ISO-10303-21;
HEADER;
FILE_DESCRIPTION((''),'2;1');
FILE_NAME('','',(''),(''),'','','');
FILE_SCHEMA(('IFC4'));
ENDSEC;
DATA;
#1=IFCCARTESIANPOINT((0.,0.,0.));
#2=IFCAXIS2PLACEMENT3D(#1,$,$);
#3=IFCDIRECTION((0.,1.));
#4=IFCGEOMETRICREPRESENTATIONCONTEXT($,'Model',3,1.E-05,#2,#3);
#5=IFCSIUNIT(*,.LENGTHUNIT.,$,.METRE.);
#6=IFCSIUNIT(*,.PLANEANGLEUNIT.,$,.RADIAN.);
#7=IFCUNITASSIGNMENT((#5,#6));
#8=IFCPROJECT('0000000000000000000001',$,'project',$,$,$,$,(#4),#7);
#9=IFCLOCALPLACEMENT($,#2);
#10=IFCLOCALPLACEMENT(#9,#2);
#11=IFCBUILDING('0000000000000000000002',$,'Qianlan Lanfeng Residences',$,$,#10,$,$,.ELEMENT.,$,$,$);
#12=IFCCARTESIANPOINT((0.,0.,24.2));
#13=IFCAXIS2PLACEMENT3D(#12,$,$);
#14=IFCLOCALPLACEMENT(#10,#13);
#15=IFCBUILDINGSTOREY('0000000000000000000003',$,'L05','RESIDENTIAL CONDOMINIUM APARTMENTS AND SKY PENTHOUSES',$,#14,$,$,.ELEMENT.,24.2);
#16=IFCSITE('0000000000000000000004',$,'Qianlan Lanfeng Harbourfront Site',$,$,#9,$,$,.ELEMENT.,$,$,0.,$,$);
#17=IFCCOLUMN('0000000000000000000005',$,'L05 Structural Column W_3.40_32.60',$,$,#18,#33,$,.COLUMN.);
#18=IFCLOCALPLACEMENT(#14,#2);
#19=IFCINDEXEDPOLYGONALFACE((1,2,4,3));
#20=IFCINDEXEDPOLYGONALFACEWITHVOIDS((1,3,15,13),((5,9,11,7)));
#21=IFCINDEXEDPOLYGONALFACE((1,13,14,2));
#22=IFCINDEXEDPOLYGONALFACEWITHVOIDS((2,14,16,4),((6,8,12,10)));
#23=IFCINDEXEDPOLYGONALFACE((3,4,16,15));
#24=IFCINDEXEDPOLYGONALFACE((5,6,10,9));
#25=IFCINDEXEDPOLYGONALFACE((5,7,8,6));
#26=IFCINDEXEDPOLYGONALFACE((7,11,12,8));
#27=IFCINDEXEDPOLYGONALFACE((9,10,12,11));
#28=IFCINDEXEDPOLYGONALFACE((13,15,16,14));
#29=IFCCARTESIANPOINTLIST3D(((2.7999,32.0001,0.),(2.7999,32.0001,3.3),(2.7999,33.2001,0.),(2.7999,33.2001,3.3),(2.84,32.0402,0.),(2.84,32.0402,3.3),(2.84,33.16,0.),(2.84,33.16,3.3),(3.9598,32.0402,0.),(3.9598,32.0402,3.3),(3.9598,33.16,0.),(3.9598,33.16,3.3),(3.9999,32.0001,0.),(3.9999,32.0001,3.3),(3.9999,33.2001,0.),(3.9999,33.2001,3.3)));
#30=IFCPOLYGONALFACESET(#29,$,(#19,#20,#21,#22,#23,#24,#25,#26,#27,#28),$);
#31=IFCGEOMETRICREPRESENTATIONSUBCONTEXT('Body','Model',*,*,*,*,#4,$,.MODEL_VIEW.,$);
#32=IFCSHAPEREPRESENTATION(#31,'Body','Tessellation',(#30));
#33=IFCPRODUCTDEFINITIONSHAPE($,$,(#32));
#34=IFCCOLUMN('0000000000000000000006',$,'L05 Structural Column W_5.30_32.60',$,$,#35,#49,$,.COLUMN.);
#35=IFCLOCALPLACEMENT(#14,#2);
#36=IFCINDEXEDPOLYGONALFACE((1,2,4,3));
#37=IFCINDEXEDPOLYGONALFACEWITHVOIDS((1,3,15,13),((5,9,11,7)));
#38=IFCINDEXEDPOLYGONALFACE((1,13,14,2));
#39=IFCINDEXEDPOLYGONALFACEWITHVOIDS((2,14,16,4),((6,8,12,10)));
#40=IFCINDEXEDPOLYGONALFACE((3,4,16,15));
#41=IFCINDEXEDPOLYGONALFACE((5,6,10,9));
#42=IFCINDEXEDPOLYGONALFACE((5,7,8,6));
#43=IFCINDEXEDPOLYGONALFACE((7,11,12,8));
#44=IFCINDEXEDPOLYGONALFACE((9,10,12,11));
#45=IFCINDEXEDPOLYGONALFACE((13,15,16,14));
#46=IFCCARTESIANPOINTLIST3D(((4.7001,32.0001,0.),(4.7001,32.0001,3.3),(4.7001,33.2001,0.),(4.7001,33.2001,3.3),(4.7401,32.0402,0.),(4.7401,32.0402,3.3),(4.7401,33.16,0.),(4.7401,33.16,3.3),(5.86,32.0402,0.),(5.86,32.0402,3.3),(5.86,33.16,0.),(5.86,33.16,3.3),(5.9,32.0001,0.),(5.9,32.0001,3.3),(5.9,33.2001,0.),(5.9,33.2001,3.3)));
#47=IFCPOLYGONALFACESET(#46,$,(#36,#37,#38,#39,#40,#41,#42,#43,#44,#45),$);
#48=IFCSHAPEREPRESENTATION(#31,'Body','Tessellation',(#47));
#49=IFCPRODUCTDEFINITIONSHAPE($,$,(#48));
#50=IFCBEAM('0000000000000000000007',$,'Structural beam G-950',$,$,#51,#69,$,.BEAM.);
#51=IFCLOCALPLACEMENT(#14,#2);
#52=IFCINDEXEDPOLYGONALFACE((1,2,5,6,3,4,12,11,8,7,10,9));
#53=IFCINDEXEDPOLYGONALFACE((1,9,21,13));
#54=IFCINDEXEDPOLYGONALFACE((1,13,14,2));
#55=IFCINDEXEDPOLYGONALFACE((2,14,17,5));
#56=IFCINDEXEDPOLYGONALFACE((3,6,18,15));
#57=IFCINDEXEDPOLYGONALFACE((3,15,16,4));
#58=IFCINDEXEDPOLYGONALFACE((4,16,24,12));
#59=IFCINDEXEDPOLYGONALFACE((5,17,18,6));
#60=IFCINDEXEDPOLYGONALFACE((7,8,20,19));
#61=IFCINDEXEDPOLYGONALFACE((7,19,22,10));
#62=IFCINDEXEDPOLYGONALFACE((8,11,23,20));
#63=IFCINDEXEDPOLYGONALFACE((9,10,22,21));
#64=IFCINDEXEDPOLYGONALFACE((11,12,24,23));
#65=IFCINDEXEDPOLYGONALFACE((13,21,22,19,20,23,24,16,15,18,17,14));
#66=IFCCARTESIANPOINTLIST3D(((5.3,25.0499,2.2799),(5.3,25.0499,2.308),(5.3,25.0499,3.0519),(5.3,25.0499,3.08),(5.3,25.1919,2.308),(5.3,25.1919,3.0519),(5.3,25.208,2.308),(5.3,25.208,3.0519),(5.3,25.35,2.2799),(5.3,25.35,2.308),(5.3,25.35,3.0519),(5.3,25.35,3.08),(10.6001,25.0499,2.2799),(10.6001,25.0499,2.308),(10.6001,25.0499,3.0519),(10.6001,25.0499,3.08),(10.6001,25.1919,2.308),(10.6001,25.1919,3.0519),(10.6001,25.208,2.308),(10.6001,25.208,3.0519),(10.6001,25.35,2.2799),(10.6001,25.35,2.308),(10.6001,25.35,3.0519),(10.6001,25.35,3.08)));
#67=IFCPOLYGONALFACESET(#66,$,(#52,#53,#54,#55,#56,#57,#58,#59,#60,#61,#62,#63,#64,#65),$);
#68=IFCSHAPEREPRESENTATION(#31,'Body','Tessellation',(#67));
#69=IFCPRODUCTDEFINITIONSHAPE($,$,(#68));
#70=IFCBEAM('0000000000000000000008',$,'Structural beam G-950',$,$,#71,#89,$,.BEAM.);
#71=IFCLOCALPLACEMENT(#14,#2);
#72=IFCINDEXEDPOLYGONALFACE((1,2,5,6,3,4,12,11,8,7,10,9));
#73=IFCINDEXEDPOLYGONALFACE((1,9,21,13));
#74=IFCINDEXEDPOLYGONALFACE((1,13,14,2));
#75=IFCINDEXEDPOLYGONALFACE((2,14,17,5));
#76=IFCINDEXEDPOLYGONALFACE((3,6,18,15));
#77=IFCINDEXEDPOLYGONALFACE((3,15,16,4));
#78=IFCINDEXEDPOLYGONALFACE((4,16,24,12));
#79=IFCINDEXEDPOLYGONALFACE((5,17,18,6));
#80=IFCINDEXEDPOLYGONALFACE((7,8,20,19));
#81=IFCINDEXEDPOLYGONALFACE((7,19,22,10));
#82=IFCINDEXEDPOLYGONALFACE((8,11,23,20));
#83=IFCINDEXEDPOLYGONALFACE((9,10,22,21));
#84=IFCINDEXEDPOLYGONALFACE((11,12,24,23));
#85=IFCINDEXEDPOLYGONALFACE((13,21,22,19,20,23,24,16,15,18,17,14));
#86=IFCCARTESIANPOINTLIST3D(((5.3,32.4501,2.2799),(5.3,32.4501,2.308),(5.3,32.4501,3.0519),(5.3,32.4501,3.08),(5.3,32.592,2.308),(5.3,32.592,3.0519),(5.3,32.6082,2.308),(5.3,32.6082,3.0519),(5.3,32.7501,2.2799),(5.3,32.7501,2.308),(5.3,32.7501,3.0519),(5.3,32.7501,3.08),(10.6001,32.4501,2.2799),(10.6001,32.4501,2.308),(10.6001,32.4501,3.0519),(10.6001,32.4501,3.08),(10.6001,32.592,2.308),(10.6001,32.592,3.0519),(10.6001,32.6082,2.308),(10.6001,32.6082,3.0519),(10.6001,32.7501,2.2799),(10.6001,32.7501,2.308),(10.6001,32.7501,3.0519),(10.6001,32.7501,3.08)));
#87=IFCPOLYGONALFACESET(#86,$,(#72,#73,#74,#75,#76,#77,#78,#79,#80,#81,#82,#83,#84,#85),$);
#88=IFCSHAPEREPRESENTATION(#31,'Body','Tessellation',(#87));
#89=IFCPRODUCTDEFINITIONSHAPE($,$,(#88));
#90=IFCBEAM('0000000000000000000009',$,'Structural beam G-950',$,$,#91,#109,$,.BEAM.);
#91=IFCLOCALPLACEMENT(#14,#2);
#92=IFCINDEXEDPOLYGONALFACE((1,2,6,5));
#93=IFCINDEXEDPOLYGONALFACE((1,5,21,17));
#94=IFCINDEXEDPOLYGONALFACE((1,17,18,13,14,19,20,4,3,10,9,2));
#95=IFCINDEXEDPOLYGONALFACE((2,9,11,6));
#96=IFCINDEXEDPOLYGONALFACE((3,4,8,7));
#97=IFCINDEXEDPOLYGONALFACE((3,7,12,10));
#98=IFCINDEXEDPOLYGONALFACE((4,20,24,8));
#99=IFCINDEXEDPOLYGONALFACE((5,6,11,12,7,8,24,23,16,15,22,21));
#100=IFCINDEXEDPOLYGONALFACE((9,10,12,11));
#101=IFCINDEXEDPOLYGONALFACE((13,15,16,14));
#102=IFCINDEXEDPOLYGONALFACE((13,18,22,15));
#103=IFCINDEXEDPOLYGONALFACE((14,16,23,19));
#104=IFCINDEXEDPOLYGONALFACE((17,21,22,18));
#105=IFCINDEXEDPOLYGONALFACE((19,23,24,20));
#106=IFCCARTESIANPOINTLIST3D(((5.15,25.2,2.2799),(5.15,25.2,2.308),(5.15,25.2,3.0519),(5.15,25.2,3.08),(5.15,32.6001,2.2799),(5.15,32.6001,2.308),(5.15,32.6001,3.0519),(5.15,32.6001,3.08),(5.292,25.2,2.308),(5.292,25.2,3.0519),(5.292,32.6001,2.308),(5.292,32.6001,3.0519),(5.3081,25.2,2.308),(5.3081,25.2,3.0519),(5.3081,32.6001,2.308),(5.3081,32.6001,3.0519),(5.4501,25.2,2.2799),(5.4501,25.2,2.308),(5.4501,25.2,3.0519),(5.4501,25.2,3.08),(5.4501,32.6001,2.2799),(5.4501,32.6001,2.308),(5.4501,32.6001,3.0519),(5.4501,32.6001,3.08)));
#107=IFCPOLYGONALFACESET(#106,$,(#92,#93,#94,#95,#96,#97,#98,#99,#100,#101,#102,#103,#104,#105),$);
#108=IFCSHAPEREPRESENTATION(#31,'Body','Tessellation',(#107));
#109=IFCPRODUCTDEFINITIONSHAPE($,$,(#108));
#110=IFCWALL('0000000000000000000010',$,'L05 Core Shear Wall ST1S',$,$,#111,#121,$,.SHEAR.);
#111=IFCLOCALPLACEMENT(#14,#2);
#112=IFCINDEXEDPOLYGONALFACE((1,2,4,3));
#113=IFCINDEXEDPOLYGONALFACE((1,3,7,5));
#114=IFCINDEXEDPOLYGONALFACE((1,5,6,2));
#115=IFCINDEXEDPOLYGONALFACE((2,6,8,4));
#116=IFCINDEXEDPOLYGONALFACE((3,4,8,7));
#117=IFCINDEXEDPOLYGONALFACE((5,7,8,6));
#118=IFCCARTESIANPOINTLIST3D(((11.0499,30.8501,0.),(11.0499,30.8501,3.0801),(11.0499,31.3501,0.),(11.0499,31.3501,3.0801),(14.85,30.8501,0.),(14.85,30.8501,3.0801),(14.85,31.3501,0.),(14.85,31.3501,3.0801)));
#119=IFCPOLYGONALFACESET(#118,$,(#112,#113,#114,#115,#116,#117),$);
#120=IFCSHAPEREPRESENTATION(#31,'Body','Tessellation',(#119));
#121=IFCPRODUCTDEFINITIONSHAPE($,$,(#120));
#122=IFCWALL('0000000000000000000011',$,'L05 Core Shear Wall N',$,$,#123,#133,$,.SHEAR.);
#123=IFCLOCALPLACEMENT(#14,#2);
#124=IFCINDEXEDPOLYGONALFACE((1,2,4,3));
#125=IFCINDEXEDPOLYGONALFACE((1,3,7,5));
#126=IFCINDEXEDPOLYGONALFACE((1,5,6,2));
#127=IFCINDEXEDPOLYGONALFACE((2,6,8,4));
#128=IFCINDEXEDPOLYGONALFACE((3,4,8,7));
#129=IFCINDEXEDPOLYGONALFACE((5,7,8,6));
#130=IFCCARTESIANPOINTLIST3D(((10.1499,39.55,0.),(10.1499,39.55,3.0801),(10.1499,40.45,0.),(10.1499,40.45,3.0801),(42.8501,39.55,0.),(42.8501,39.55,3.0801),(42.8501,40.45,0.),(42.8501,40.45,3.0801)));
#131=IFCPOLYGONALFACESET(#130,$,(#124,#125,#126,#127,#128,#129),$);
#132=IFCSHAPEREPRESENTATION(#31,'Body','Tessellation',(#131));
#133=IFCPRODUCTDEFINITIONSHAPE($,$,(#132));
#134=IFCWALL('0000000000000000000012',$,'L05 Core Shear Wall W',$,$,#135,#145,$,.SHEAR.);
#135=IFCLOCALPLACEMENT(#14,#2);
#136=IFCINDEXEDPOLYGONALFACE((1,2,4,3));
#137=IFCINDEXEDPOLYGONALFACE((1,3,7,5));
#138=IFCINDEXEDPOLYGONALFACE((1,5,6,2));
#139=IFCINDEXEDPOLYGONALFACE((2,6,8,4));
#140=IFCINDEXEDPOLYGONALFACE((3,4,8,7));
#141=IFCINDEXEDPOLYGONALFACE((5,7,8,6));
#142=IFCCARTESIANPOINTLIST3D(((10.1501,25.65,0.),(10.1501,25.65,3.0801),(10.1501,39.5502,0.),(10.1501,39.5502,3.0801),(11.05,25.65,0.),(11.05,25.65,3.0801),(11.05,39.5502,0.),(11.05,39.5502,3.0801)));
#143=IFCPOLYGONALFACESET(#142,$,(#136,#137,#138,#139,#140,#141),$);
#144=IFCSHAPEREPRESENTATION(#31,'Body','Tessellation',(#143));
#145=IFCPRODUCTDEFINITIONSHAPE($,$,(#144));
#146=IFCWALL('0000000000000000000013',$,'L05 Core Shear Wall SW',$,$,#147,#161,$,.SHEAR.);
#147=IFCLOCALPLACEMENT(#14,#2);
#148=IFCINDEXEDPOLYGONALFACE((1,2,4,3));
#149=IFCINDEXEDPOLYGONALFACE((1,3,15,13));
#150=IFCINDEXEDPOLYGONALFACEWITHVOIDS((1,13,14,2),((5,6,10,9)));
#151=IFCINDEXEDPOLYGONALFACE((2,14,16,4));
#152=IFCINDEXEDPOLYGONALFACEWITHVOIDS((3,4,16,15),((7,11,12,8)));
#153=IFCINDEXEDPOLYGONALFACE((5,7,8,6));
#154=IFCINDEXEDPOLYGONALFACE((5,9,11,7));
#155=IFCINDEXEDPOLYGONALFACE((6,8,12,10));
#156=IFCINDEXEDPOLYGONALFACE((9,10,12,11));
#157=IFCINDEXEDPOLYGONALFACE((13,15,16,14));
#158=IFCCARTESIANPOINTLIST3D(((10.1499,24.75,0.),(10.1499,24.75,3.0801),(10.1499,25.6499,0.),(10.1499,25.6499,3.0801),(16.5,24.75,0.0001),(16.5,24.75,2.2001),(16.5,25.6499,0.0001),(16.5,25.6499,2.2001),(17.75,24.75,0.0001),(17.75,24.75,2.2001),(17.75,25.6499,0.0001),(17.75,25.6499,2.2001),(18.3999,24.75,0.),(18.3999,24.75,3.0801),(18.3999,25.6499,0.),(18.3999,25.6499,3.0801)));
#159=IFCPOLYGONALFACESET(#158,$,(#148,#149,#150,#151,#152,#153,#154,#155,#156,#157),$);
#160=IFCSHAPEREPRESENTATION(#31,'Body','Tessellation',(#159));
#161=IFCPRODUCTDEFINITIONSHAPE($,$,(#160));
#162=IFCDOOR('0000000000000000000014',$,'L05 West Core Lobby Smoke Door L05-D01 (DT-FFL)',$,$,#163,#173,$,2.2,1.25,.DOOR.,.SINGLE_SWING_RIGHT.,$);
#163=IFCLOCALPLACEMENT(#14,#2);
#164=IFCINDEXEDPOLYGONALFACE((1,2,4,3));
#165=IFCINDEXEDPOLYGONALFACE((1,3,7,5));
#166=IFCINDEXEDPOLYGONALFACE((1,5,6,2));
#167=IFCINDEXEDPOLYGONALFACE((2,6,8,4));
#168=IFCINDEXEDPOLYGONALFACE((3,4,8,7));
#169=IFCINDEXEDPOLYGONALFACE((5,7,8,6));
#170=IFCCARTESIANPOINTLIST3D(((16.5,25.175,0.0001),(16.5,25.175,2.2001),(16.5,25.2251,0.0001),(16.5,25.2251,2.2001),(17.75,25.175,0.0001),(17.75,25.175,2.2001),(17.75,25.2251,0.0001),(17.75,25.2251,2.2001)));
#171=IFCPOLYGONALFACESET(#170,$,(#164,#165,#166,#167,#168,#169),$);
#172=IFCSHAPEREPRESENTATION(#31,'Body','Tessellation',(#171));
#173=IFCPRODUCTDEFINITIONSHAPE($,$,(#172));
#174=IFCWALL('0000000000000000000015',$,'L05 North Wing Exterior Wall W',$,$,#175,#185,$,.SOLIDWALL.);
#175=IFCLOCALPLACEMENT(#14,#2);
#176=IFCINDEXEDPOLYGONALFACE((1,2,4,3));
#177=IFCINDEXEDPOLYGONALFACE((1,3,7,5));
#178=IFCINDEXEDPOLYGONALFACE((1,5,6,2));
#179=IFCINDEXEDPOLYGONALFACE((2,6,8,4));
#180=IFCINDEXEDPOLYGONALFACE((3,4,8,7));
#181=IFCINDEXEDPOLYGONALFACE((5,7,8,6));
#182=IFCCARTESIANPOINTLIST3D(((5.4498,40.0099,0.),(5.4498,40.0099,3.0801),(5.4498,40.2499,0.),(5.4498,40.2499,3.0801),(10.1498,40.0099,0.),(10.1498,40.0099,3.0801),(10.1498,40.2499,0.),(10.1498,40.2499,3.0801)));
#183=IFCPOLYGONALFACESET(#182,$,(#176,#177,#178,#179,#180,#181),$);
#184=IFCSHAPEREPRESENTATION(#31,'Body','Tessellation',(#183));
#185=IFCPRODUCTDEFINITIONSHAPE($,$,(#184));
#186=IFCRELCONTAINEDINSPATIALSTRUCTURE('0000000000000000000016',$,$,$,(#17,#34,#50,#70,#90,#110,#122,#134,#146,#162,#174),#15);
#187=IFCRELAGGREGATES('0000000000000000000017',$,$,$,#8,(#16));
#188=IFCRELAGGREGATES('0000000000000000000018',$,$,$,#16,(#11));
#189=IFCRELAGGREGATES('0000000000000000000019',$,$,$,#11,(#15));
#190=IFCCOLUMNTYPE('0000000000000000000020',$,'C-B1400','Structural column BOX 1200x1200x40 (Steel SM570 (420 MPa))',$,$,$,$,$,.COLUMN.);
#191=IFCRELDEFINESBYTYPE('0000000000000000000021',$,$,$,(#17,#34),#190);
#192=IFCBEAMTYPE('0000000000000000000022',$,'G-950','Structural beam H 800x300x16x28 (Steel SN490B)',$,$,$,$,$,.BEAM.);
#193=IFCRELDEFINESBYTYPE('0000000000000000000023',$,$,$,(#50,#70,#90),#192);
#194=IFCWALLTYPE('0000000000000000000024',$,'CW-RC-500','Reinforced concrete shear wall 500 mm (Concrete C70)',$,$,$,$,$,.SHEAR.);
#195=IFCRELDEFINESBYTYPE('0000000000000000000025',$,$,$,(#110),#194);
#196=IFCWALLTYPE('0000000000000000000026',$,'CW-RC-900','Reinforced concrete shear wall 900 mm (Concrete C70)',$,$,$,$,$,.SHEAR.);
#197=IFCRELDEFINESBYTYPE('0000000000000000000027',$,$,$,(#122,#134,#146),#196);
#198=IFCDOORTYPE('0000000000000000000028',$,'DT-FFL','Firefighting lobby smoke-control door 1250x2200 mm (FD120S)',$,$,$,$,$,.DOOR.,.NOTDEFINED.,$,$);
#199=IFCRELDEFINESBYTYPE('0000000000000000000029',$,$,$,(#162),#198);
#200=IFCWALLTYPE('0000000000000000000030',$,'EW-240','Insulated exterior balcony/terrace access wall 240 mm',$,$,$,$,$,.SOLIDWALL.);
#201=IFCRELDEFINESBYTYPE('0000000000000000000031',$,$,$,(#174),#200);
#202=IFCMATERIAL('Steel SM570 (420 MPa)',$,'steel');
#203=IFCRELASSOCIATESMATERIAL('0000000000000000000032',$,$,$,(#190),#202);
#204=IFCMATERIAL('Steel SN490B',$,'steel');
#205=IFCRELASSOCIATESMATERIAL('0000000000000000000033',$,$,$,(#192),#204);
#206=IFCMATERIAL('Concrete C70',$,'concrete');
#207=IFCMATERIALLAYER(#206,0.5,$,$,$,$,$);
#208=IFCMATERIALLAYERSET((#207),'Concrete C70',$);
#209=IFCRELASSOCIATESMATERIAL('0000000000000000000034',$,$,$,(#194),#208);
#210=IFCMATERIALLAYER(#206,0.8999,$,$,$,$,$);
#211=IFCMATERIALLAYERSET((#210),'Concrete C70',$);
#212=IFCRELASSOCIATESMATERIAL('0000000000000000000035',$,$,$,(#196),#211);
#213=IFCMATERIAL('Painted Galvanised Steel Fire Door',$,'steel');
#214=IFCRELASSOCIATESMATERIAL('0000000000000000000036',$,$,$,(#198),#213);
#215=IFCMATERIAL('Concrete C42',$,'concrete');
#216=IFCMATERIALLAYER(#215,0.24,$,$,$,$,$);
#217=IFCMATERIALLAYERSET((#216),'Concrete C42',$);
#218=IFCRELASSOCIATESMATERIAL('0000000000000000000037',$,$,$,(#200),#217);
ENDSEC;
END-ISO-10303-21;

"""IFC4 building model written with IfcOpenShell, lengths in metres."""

from ifc_helpers import new_model, si_unit, direction, frame, frame_2d, origin, origin_2d, place, context, subcontext, project, spatial, rectangle, hollow_rectangle, i_section, extrude, material, layer, layer_set, material_profile, profile_set, type_object, element, fill, save


model = new_model("IFC4")

# Units and contexts
model_context = context("Model", 3, precision=1e-05, world=origin(), true_north=direction((0.0, 1.0)))
body_context = subcontext(model_context, "Body", "Model", "MODEL_VIEW")
ifc_project = project(units=[si_unit("LENGTHUNIT", "METRE"), si_unit("PLANEANGLEUNIT", "RADIAN")], contexts=[model_context])

# Site, building, storey
site_placement = place(None, origin())
site = spatial("IfcSite", under=ifc_project, at=site_placement, Name="Qianlan Lanfeng Harbourfront Site", CompositionType="ELEMENT", RefElevation=0.0)
building_placement = place(site_placement, origin())
building = spatial("IfcBuilding", under=site, at=building_placement, Name="Qianlan Lanfeng Residences", CompositionType="ELEMENT")
storey_placement = place(building_placement, frame((0.0, 0.0, 24.2)))
storey = spatial("IfcBuildingStorey", under=building, at=storey_placement, Name="L05", Description="RESIDENTIAL CONDOMINIUM APARTMENTS AND SKY PENTHOUSES", CompositionType="ELEMENT", Elevation=24.2)

# Columns
ifc_material_1 = material(Name="Steel SM570 (420 MPa)", Category="steel")
ifc_material_profile_1 = material_profile(ifc_material_1, hollow_rectangle(XDim=1.2, YDim=1.2, WallThickness=0.04, at=origin_2d()), Name="BOX 1200x1200x40")
ifc_profile_set_1 = profile_set([ifc_material_profile_1], Name="Steel SM570 (420 MPa)")
column_type = type_object("IfcColumnType", Name="C-B1400", Description="Structural column BOX 1200x1200x40 (Steel SM570 (420 MPa))", PredefinedType="COLUMN", material=ifc_profile_set_1)
for number, where, z_axis, x_axis, name in (
    (1, (3.3999, 32.6001, 0.0), (0.0, 0.0, 1.0), (1.0, 0.0, 0.0), "L05 Structural Column W_3.40_32.60"),
    (2, (5.3, 32.6001, 0.0), (0.0, 0.0, 1.0), (1.0, 0.0, 0.0), "L05 Structural Column W_5.30_32.60"),
):
    element("IfcColumn", number, at=place(storey_placement, frame(where, z_axis=z_axis, x_axis=x_axis)), inside=storey, type_object=column_type, Name=name, PredefinedType="COLUMN", context=body_context, shape_type="SweptSolid", body=[
        extrude(hollow_rectangle(XDim=1.2, YDim=1.2, WallThickness=0.04, at=origin_2d()), origin(), (0.0, 0.0, 1.0), 3.3),
    ])

# Beams
ifc_material_2 = material(Name="Steel SN490B", Category="steel")
ifc_material_profile_2 = material_profile(ifc_material_2, i_section(OverallWidth=0.3, OverallDepth=0.8, WebThickness=0.0161, FlangeThickness=0.0281, at=origin_2d()), Name="H 800x300x16x28")
ifc_profile_set_2 = profile_set([ifc_material_profile_2], Name="Steel SN490B")
beam_type = type_object("IfcBeamType", Name="G-950", Description="Structural beam H 800x300x16x28 (Steel SN490B)", PredefinedType="BEAM", material=ifc_profile_set_2)
for number, where, z_axis, x_axis, name in (
    (3, (5.3, 25.2, 2.6799), (1.0, 0.0, 0.0), (0.0, 1.0, 0.0), "Structural beam G-950"),
    (4, (5.3, 32.6001, 2.6799), (1.0, 0.0, 0.0), (0.0, 1.0, 0.0), "Structural beam G-950"),
):
    element("IfcBeam", number, at=place(storey_placement, frame(where, z_axis=z_axis, x_axis=x_axis)), inside=storey, type_object=beam_type, Name=name, PredefinedType="BEAM", context=body_context, shape_type="SweptSolid", body=[
        extrude(i_section(OverallWidth=0.3, OverallDepth=0.8, WebThickness=0.0161, FlangeThickness=0.0281, at=origin_2d()), origin(), (0.0, 0.0, 1.0), 5.3),
    ])
beam_placement = place(storey_placement, frame((5.3, 25.2, 2.6799), z_axis=(0.0, 1.0, 0.0), x_axis=(-1.0, 0.0, 0.0)))
element("IfcBeam", 5, at=beam_placement, inside=storey, type_object=beam_type, Name="Structural beam G-950", PredefinedType="BEAM", context=body_context, shape_type="SweptSolid", body=[
    extrude(i_section(OverallWidth=0.3, OverallDepth=0.8, WebThickness=0.0161, FlangeThickness=0.0281, at=origin_2d()), origin(), (0.0, 0.0, 1.0), 7.4001),
])

# Walls
ifc_material_3 = material(Name="Concrete C70", Category="concrete")
ifc_layer_1 = layer(ifc_material_3, 0.5)
ifc_layer_set_1 = layer_set([ifc_layer_1], Name="Concrete C70")
wall_type_1 = type_object("IfcWallType", Name="CW-RC-500", Description="Reinforced concrete shear wall 500 mm (Concrete C70)", PredefinedType="SHEAR", material=ifc_layer_set_1)
wall_1_placement = place(storey_placement, frame((11.05, 31.1001, 0.0), z_axis=(0.0, 0.0, 1.0), x_axis=(1.0, 0.0, 0.0)))
element("IfcWall", 6, at=wall_1_placement, inside=storey, type_object=wall_type_1, Name="L05 Core Shear Wall ST1S", PredefinedType="SHEAR", context=body_context, shape_type="SweptSolid", body=[
    extrude(rectangle(XDim=3.8, YDim=0.5, at=frame_2d((1.8999, 0.0))), origin(), (0.0, 0.0, 1.0), 3.0801),
])
ifc_layer_2 = layer(ifc_material_3, 0.8999)
ifc_layer_set_2 = layer_set([ifc_layer_2], Name="Concrete C70")
wall_type_2 = type_object("IfcWallType", Name="CW-RC-900", Description="Reinforced concrete shear wall 900 mm (Concrete C70)", PredefinedType="SHEAR", material=ifc_layer_set_2)
wall_2_placement = place(storey_placement, frame((10.1499, 40.0, 0.0), z_axis=(0.0, 0.0, 1.0), x_axis=(1.0, 0.0, 0.0)))
element("IfcWall", 7, at=wall_2_placement, inside=storey, type_object=wall_type_2, Name="L05 Core Shear Wall N", PredefinedType="SHEAR", context=body_context, shape_type="SweptSolid", body=[
    extrude(rectangle(XDim=32.7002, YDim=0.8999, at=frame_2d((16.3501, 0.0))), origin(), (0.0, 0.0, 1.0), 3.0801),
])
wall_3_placement = place(storey_placement, frame((10.6001, 25.6499, 0.0), z_axis=(0.0, 0.0, 1.0), x_axis=(0.0, 1.0, 0.0)))
element("IfcWall", 8, at=wall_3_placement, inside=storey, type_object=wall_type_2, Name="L05 Core Shear Wall W", PredefinedType="SHEAR", context=body_context, shape_type="SweptSolid", body=[
    extrude(rectangle(XDim=13.9001, YDim=0.8999, at=frame_2d((6.9502, 0.0))), origin(), (0.0, 0.0, 1.0), 3.0801),
])

# Wall, opening, door
wall_4_placement = place(storey_placement, frame((10.1499, 25.2, 0.0), z_axis=(0.0, 0.0, 1.0), x_axis=(1.0, 0.0, 0.0)))
wall_4 = element("IfcWall", 9, at=wall_4_placement, inside=storey, type_object=wall_type_2, Name="L05 Core Shear Wall SW", PredefinedType="SHEAR", context=body_context, shape_type="SweptSolid", body=[
    extrude(rectangle(XDim=8.25, YDim=0.8999, at=frame_2d((4.125, 0.0))), origin(), (0.0, 0.0, 1.0), 3.0801),
])
opening_1_placement = place(wall_4_placement, frame((6.3501, 0.0, 0.0)))
opening_1 = element("IfcOpeningElement", 10, at=opening_1_placement, cuts=wall_4, PredefinedType="OPENING", context=body_context, shape_type="SweptSolid", body=[
    extrude(rectangle(XDim=1.25, YDim=2.2, at=frame_2d((0.625, 1.1001))), frame((0.0, 0.46, 0.0), z_axis=(0.0, -1.0, 0.0), x_axis=(1.0, 0.0, 0.0)), (0.0, 0.0, 1.0), 0.9199),
])
ifc_material_4 = material(Name="Painted Galvanised Steel Fire Door", Category="steel")
door_type_1 = type_object("IfcDoorType", Name="DT-FFL", Description="Firefighting lobby smoke-control door 1250x2200 mm (FD120S)", OperationType="NOTDEFINED", PredefinedType="DOOR", material=ifc_material_4)
door_1_placement = place(opening_1_placement, frame((1.25, 0.0, 0.0), z_axis=(0.0, 0.0, 1.0), x_axis=(-1.0, 0.0, 0.0)))
door_1 = element("IfcDoor", 11, at=door_1_placement, inside=storey, type_object=door_type_1, Name="L05 West Core Lobby Smoke Door L05-D01 (DT-FFL)", OperationType="SINGLE_SWING_RIGHT", OverallHeight=2.2, OverallWidth=1.25, PredefinedType="DOOR", context=body_context, shape_type="SweptSolid", body=[
    extrude(rectangle(XDim=1.25, YDim=2.2, at=frame_2d((0.625, 1.1001))), frame((0.0, 0.0249, 0.0), z_axis=(0.0, -1.0, 0.0), x_axis=(1.0, 0.0, 0.0)), (0.0, 0.0, 1.0), 0.05),
])
fill(opening_1, door_1)

# Wall
ifc_material_5 = material(Name="Concrete C42", Category="concrete")
ifc_layer_3 = layer(ifc_material_5, 0.24)
ifc_layer_set_3 = layer_set([ifc_layer_3], Name="Concrete C42")
wall_type_3 = type_object("IfcWallType", Name="EW-240", Description="Insulated exterior balcony/terrace access wall 240 mm", PredefinedType="SOLIDWALL", material=ifc_layer_set_3)
wall_5_placement = place(storey_placement, frame((10.1499, 40.1299, 0.0), z_axis=(0.0, 0.0, 1.0), x_axis=(-1.0, 0.0, 0.0)))
element("IfcWall", 12, at=wall_5_placement, inside=storey, type_object=wall_type_3, Name="L05 North Wing Exterior Wall W", PredefinedType="SOLIDWALL", context=body_context, shape_type="SweptSolid", body=[
    extrude(rectangle(XDim=4.7, YDim=0.24, at=frame_2d((2.3501, 0.0))), origin(), (0.0, 0.0, 1.0), 3.0801),
])

save(model, "model.ifc")
